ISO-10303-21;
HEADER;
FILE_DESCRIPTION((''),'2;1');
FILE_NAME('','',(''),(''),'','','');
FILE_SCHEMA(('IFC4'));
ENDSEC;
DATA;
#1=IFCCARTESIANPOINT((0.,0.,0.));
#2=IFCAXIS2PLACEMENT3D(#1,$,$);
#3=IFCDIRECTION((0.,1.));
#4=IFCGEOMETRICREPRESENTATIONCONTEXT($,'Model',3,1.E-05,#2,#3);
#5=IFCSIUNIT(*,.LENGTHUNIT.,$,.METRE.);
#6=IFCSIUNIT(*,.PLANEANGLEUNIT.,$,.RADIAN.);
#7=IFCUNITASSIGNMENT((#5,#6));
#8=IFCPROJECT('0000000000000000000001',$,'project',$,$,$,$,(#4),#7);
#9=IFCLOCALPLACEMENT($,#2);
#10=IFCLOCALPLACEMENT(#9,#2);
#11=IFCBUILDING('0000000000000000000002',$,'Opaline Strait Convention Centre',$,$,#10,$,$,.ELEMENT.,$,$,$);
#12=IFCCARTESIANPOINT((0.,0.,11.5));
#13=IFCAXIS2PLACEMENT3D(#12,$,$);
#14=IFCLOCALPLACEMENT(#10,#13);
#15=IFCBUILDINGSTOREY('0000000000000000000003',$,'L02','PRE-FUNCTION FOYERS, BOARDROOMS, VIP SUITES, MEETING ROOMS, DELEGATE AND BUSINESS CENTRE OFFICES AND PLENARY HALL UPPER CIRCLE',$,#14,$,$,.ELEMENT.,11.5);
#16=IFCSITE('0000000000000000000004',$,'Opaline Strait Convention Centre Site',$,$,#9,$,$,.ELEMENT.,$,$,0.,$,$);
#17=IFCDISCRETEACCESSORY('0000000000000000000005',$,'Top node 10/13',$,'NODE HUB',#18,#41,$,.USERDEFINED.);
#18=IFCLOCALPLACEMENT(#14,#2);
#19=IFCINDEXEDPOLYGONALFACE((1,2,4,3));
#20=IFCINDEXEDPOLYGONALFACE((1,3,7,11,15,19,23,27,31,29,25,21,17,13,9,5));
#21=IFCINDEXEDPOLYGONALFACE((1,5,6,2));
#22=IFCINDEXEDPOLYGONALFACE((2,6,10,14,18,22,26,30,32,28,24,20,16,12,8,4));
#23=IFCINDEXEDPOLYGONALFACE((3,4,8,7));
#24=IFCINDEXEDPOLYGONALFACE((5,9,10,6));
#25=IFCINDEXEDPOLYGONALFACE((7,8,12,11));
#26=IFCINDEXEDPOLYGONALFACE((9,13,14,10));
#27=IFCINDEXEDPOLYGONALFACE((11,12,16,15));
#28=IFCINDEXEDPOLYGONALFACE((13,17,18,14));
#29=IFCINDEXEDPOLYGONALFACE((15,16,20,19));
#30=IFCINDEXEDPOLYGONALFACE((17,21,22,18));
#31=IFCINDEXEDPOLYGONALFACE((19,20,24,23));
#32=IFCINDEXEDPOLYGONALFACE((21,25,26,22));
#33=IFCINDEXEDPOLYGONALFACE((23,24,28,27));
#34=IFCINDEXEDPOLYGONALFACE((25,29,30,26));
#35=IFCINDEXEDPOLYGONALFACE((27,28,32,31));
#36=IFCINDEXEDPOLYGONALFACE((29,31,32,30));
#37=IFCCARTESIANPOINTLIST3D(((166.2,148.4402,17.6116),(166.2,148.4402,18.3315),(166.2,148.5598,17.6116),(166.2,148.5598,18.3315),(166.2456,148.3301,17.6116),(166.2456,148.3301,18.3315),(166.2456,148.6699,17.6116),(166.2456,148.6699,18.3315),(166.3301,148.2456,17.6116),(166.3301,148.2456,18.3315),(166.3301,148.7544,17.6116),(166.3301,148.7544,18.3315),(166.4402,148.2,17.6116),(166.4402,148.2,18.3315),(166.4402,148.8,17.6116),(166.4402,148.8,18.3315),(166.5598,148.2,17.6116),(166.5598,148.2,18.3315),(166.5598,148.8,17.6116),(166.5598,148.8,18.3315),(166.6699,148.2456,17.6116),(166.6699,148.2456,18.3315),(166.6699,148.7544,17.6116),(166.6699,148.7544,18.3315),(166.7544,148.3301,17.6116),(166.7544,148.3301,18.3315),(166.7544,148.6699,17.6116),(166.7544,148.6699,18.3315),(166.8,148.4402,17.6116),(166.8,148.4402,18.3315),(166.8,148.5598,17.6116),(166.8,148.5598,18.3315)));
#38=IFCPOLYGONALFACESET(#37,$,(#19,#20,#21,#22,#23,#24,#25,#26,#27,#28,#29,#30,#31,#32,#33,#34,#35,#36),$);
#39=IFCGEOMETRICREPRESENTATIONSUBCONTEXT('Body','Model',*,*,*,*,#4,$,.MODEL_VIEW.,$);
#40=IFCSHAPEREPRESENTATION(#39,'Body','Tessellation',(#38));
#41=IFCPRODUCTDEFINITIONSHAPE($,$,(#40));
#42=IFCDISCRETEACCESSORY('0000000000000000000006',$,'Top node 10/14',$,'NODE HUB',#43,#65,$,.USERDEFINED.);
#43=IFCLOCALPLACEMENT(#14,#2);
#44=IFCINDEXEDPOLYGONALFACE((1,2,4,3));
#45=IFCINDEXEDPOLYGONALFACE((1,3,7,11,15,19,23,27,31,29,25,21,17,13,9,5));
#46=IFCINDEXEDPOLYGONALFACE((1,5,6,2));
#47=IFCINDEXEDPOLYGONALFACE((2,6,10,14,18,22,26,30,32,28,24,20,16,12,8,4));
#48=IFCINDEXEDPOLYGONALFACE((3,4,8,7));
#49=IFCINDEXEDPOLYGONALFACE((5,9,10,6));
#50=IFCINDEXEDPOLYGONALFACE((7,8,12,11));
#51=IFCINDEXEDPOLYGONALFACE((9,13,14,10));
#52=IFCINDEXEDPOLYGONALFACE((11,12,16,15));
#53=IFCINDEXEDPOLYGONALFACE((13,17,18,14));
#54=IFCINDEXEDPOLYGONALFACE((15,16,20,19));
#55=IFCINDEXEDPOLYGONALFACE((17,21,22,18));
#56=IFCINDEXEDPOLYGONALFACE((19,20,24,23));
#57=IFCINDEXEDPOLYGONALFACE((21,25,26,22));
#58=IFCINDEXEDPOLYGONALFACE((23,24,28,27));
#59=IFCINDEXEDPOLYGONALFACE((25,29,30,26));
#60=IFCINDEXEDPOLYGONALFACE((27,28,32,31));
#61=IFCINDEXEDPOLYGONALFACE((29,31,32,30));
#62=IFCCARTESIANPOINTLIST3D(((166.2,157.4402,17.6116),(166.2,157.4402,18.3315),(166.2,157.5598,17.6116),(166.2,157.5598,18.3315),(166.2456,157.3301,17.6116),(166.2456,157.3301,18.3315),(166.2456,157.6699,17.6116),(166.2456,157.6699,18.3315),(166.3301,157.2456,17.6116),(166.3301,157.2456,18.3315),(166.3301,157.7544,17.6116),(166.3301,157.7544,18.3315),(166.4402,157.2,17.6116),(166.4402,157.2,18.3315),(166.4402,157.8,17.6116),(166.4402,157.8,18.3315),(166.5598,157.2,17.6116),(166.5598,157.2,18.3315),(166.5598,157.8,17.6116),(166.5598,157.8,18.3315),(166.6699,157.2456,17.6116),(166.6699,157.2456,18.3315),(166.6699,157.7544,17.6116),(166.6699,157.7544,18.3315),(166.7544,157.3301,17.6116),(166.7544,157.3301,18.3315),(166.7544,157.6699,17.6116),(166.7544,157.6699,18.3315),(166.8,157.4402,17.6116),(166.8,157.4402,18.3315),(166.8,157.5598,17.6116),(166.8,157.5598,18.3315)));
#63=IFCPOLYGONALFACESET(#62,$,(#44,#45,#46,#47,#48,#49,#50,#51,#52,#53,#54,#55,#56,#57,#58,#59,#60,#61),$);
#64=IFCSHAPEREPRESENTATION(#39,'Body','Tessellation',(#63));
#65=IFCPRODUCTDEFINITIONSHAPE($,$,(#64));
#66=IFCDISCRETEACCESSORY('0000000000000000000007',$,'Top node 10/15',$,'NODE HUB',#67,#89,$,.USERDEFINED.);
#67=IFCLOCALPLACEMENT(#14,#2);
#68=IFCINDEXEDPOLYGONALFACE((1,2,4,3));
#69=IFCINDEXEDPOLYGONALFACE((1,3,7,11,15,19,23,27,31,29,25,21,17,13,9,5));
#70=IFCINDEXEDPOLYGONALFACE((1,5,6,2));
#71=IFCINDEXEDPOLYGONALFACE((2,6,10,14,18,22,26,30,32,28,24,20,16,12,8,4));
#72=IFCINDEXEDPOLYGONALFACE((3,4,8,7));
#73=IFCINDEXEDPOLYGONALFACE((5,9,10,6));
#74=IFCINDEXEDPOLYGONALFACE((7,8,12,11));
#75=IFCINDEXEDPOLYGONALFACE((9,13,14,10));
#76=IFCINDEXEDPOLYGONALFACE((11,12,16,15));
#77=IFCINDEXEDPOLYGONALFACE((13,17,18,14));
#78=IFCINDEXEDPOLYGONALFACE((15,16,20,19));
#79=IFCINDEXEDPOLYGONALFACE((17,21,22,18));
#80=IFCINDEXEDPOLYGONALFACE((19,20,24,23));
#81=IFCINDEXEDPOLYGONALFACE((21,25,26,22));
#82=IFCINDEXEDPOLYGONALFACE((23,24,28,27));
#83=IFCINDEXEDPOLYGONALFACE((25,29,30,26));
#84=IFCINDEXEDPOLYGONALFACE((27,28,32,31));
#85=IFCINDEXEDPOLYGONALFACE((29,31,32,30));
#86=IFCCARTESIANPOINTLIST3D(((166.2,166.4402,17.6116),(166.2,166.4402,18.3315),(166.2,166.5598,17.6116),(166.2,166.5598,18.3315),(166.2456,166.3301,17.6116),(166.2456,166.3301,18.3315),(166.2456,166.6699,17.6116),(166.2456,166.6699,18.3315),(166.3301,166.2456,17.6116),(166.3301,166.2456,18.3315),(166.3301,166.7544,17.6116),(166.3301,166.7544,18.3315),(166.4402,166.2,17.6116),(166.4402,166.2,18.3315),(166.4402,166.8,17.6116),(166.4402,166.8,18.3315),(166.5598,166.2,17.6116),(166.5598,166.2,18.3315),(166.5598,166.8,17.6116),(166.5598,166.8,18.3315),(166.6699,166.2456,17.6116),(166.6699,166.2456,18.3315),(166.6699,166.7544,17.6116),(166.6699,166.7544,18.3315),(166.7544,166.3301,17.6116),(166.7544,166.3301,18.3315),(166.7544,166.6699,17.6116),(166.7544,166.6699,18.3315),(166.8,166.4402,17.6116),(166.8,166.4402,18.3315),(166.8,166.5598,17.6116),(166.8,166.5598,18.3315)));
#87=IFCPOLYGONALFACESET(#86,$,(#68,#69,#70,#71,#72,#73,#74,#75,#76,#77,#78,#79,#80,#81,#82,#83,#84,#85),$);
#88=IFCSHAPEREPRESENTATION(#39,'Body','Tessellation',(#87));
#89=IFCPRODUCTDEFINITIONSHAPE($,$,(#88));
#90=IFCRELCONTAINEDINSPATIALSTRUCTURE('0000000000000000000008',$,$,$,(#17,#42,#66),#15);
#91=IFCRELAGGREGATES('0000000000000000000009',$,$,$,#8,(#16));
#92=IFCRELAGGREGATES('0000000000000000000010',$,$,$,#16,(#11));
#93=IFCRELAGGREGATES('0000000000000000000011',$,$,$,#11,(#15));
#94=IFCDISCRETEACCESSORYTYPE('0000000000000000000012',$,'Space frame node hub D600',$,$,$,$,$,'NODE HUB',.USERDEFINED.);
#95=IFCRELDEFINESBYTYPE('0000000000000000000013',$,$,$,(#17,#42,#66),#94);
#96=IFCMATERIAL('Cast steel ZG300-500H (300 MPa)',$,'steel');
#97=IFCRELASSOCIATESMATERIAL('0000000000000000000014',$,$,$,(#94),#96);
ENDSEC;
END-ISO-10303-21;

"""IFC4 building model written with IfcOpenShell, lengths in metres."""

from ifc_helpers import new_model, si_unit, direction, frame, origin, place, context, subcontext, project, spatial, polyline, outline, extrude, material, type_object, element, save


model = new_model("IFC4")

# Units and contexts
model_context = context("Model", 3, precision=1e-05, world=origin(), true_north=direction((0.0, 1.0)))
body_context = subcontext(model_context, "Body", "Model", "MODEL_VIEW")
ifc_project = project(units=[si_unit("LENGTHUNIT", "METRE"), si_unit("PLANEANGLEUNIT", "RADIAN")], contexts=[model_context])

# Site, building, storey
site_placement = place(None, origin())
site = spatial("IfcSite", under=ifc_project, at=site_placement, Name="Opaline Strait Convention Centre Site", CompositionType="ELEMENT", RefElevation=0.0)
building_placement = place(site_placement, origin())
building = spatial("IfcBuilding", under=site, at=building_placement, Name="Opaline Strait Convention Centre", CompositionType="ELEMENT")
storey_placement = place(building_placement, frame((0.0, 0.0, 11.5)))
storey = spatial("IfcBuildingStorey", under=building, at=storey_placement, Name="L02", Description="PRE-FUNCTION FOYERS, BOARDROOMS, VIP SUITES, MEETING ROOMS, DELEGATE AND BUSINESS CENTRE OFFICES AND PLENARY HALL UPPER CIRCLE", CompositionType="ELEMENT", Elevation=11.5)

# Discrete accessories
ifc_material = material(Name="Cast steel ZG300-500H (300 MPa)", Category="steel")
discrete_accessory_type = type_object("IfcDiscreteAccessoryType", Name="Space frame node hub D600", ElementType="NODE HUB", PredefinedType="USERDEFINED", material=ifc_material)
discrete_accessory_1_placement = place(storey_placement, frame((0.0, 0.0, 17.6116)))
element("IfcDiscreteAccessory", 1, at=discrete_accessory_1_placement, inside=storey, type_object=discrete_accessory_type, Name="Top node 10/13", ObjectType="NODE HUB", PredefinedType="USERDEFINED", context=body_context, shape_type="SweptSolid", body=[
    extrude(outline(polyline([(166.8, 148.5598), (166.7544, 148.6699), (166.6699, 148.7544), (166.5598, 148.8), (166.4402, 148.8), (166.3301, 148.7544), (166.2456, 148.6699), (166.2, 148.5598), (166.2, 148.4402), (166.2456, 148.3301), (166.3301, 148.2456), (166.4402, 148.2), (166.5598, 148.2), (166.6699, 148.2456), (166.7544, 148.3301), (166.8, 148.4402), (166.8, 148.5598)])), origin(), (0.0, 0.0, 1.0), 0.72),
])
discrete_accessory_2_placement = place(storey_placement, frame((0.0, 0.0, 17.6116)))
element("IfcDiscreteAccessory", 2, at=discrete_accessory_2_placement, inside=storey, type_object=discrete_accessory_type, Name="Top node 10/14", ObjectType="NODE HUB", PredefinedType="USERDEFINED", context=body_context, shape_type="SweptSolid", body=[
    extrude(outline(polyline([(166.8, 157.5598), (166.7544, 157.6699), (166.6699, 157.7544), (166.5598, 157.8), (166.4402, 157.8), (166.3301, 157.7544), (166.2456, 157.6699), (166.2, 157.5598), (166.2, 157.4402), (166.2456, 157.3301), (166.3301, 157.2456), (166.4402, 157.2), (166.5598, 157.2), (166.6699, 157.2456), (166.7544, 157.3301), (166.8, 157.4402), (166.8, 157.5598)])), origin(), (0.0, 0.0, 1.0), 0.72),
])
discrete_accessory_3_placement = place(storey_placement, frame((0.0, 0.0, 17.6116)))
element("IfcDiscreteAccessory", 3, at=discrete_accessory_3_placement, inside=storey, type_object=discrete_accessory_type, Name="Top node 10/15", ObjectType="NODE HUB", PredefinedType="USERDEFINED", context=body_context, shape_type="SweptSolid", body=[
    extrude(outline(polyline([(166.8, 166.5598), (166.7544, 166.6699), (166.6699, 166.7544), (166.5598, 166.8), (166.4402, 166.8), (166.3301, 166.7544), (166.2456, 166.6699), (166.2, 166.5598), (166.2, 166.4402), (166.2456, 166.3301), (166.3301, 166.2456), (166.4402, 166.2), (166.5598, 166.2), (166.6699, 166.2456), (166.7544, 166.3301), (166.8, 166.4402), (166.8, 166.5598)])), origin(), (0.0, 0.0, 1.0), 0.72),
])

save(model, "model.ifc")
